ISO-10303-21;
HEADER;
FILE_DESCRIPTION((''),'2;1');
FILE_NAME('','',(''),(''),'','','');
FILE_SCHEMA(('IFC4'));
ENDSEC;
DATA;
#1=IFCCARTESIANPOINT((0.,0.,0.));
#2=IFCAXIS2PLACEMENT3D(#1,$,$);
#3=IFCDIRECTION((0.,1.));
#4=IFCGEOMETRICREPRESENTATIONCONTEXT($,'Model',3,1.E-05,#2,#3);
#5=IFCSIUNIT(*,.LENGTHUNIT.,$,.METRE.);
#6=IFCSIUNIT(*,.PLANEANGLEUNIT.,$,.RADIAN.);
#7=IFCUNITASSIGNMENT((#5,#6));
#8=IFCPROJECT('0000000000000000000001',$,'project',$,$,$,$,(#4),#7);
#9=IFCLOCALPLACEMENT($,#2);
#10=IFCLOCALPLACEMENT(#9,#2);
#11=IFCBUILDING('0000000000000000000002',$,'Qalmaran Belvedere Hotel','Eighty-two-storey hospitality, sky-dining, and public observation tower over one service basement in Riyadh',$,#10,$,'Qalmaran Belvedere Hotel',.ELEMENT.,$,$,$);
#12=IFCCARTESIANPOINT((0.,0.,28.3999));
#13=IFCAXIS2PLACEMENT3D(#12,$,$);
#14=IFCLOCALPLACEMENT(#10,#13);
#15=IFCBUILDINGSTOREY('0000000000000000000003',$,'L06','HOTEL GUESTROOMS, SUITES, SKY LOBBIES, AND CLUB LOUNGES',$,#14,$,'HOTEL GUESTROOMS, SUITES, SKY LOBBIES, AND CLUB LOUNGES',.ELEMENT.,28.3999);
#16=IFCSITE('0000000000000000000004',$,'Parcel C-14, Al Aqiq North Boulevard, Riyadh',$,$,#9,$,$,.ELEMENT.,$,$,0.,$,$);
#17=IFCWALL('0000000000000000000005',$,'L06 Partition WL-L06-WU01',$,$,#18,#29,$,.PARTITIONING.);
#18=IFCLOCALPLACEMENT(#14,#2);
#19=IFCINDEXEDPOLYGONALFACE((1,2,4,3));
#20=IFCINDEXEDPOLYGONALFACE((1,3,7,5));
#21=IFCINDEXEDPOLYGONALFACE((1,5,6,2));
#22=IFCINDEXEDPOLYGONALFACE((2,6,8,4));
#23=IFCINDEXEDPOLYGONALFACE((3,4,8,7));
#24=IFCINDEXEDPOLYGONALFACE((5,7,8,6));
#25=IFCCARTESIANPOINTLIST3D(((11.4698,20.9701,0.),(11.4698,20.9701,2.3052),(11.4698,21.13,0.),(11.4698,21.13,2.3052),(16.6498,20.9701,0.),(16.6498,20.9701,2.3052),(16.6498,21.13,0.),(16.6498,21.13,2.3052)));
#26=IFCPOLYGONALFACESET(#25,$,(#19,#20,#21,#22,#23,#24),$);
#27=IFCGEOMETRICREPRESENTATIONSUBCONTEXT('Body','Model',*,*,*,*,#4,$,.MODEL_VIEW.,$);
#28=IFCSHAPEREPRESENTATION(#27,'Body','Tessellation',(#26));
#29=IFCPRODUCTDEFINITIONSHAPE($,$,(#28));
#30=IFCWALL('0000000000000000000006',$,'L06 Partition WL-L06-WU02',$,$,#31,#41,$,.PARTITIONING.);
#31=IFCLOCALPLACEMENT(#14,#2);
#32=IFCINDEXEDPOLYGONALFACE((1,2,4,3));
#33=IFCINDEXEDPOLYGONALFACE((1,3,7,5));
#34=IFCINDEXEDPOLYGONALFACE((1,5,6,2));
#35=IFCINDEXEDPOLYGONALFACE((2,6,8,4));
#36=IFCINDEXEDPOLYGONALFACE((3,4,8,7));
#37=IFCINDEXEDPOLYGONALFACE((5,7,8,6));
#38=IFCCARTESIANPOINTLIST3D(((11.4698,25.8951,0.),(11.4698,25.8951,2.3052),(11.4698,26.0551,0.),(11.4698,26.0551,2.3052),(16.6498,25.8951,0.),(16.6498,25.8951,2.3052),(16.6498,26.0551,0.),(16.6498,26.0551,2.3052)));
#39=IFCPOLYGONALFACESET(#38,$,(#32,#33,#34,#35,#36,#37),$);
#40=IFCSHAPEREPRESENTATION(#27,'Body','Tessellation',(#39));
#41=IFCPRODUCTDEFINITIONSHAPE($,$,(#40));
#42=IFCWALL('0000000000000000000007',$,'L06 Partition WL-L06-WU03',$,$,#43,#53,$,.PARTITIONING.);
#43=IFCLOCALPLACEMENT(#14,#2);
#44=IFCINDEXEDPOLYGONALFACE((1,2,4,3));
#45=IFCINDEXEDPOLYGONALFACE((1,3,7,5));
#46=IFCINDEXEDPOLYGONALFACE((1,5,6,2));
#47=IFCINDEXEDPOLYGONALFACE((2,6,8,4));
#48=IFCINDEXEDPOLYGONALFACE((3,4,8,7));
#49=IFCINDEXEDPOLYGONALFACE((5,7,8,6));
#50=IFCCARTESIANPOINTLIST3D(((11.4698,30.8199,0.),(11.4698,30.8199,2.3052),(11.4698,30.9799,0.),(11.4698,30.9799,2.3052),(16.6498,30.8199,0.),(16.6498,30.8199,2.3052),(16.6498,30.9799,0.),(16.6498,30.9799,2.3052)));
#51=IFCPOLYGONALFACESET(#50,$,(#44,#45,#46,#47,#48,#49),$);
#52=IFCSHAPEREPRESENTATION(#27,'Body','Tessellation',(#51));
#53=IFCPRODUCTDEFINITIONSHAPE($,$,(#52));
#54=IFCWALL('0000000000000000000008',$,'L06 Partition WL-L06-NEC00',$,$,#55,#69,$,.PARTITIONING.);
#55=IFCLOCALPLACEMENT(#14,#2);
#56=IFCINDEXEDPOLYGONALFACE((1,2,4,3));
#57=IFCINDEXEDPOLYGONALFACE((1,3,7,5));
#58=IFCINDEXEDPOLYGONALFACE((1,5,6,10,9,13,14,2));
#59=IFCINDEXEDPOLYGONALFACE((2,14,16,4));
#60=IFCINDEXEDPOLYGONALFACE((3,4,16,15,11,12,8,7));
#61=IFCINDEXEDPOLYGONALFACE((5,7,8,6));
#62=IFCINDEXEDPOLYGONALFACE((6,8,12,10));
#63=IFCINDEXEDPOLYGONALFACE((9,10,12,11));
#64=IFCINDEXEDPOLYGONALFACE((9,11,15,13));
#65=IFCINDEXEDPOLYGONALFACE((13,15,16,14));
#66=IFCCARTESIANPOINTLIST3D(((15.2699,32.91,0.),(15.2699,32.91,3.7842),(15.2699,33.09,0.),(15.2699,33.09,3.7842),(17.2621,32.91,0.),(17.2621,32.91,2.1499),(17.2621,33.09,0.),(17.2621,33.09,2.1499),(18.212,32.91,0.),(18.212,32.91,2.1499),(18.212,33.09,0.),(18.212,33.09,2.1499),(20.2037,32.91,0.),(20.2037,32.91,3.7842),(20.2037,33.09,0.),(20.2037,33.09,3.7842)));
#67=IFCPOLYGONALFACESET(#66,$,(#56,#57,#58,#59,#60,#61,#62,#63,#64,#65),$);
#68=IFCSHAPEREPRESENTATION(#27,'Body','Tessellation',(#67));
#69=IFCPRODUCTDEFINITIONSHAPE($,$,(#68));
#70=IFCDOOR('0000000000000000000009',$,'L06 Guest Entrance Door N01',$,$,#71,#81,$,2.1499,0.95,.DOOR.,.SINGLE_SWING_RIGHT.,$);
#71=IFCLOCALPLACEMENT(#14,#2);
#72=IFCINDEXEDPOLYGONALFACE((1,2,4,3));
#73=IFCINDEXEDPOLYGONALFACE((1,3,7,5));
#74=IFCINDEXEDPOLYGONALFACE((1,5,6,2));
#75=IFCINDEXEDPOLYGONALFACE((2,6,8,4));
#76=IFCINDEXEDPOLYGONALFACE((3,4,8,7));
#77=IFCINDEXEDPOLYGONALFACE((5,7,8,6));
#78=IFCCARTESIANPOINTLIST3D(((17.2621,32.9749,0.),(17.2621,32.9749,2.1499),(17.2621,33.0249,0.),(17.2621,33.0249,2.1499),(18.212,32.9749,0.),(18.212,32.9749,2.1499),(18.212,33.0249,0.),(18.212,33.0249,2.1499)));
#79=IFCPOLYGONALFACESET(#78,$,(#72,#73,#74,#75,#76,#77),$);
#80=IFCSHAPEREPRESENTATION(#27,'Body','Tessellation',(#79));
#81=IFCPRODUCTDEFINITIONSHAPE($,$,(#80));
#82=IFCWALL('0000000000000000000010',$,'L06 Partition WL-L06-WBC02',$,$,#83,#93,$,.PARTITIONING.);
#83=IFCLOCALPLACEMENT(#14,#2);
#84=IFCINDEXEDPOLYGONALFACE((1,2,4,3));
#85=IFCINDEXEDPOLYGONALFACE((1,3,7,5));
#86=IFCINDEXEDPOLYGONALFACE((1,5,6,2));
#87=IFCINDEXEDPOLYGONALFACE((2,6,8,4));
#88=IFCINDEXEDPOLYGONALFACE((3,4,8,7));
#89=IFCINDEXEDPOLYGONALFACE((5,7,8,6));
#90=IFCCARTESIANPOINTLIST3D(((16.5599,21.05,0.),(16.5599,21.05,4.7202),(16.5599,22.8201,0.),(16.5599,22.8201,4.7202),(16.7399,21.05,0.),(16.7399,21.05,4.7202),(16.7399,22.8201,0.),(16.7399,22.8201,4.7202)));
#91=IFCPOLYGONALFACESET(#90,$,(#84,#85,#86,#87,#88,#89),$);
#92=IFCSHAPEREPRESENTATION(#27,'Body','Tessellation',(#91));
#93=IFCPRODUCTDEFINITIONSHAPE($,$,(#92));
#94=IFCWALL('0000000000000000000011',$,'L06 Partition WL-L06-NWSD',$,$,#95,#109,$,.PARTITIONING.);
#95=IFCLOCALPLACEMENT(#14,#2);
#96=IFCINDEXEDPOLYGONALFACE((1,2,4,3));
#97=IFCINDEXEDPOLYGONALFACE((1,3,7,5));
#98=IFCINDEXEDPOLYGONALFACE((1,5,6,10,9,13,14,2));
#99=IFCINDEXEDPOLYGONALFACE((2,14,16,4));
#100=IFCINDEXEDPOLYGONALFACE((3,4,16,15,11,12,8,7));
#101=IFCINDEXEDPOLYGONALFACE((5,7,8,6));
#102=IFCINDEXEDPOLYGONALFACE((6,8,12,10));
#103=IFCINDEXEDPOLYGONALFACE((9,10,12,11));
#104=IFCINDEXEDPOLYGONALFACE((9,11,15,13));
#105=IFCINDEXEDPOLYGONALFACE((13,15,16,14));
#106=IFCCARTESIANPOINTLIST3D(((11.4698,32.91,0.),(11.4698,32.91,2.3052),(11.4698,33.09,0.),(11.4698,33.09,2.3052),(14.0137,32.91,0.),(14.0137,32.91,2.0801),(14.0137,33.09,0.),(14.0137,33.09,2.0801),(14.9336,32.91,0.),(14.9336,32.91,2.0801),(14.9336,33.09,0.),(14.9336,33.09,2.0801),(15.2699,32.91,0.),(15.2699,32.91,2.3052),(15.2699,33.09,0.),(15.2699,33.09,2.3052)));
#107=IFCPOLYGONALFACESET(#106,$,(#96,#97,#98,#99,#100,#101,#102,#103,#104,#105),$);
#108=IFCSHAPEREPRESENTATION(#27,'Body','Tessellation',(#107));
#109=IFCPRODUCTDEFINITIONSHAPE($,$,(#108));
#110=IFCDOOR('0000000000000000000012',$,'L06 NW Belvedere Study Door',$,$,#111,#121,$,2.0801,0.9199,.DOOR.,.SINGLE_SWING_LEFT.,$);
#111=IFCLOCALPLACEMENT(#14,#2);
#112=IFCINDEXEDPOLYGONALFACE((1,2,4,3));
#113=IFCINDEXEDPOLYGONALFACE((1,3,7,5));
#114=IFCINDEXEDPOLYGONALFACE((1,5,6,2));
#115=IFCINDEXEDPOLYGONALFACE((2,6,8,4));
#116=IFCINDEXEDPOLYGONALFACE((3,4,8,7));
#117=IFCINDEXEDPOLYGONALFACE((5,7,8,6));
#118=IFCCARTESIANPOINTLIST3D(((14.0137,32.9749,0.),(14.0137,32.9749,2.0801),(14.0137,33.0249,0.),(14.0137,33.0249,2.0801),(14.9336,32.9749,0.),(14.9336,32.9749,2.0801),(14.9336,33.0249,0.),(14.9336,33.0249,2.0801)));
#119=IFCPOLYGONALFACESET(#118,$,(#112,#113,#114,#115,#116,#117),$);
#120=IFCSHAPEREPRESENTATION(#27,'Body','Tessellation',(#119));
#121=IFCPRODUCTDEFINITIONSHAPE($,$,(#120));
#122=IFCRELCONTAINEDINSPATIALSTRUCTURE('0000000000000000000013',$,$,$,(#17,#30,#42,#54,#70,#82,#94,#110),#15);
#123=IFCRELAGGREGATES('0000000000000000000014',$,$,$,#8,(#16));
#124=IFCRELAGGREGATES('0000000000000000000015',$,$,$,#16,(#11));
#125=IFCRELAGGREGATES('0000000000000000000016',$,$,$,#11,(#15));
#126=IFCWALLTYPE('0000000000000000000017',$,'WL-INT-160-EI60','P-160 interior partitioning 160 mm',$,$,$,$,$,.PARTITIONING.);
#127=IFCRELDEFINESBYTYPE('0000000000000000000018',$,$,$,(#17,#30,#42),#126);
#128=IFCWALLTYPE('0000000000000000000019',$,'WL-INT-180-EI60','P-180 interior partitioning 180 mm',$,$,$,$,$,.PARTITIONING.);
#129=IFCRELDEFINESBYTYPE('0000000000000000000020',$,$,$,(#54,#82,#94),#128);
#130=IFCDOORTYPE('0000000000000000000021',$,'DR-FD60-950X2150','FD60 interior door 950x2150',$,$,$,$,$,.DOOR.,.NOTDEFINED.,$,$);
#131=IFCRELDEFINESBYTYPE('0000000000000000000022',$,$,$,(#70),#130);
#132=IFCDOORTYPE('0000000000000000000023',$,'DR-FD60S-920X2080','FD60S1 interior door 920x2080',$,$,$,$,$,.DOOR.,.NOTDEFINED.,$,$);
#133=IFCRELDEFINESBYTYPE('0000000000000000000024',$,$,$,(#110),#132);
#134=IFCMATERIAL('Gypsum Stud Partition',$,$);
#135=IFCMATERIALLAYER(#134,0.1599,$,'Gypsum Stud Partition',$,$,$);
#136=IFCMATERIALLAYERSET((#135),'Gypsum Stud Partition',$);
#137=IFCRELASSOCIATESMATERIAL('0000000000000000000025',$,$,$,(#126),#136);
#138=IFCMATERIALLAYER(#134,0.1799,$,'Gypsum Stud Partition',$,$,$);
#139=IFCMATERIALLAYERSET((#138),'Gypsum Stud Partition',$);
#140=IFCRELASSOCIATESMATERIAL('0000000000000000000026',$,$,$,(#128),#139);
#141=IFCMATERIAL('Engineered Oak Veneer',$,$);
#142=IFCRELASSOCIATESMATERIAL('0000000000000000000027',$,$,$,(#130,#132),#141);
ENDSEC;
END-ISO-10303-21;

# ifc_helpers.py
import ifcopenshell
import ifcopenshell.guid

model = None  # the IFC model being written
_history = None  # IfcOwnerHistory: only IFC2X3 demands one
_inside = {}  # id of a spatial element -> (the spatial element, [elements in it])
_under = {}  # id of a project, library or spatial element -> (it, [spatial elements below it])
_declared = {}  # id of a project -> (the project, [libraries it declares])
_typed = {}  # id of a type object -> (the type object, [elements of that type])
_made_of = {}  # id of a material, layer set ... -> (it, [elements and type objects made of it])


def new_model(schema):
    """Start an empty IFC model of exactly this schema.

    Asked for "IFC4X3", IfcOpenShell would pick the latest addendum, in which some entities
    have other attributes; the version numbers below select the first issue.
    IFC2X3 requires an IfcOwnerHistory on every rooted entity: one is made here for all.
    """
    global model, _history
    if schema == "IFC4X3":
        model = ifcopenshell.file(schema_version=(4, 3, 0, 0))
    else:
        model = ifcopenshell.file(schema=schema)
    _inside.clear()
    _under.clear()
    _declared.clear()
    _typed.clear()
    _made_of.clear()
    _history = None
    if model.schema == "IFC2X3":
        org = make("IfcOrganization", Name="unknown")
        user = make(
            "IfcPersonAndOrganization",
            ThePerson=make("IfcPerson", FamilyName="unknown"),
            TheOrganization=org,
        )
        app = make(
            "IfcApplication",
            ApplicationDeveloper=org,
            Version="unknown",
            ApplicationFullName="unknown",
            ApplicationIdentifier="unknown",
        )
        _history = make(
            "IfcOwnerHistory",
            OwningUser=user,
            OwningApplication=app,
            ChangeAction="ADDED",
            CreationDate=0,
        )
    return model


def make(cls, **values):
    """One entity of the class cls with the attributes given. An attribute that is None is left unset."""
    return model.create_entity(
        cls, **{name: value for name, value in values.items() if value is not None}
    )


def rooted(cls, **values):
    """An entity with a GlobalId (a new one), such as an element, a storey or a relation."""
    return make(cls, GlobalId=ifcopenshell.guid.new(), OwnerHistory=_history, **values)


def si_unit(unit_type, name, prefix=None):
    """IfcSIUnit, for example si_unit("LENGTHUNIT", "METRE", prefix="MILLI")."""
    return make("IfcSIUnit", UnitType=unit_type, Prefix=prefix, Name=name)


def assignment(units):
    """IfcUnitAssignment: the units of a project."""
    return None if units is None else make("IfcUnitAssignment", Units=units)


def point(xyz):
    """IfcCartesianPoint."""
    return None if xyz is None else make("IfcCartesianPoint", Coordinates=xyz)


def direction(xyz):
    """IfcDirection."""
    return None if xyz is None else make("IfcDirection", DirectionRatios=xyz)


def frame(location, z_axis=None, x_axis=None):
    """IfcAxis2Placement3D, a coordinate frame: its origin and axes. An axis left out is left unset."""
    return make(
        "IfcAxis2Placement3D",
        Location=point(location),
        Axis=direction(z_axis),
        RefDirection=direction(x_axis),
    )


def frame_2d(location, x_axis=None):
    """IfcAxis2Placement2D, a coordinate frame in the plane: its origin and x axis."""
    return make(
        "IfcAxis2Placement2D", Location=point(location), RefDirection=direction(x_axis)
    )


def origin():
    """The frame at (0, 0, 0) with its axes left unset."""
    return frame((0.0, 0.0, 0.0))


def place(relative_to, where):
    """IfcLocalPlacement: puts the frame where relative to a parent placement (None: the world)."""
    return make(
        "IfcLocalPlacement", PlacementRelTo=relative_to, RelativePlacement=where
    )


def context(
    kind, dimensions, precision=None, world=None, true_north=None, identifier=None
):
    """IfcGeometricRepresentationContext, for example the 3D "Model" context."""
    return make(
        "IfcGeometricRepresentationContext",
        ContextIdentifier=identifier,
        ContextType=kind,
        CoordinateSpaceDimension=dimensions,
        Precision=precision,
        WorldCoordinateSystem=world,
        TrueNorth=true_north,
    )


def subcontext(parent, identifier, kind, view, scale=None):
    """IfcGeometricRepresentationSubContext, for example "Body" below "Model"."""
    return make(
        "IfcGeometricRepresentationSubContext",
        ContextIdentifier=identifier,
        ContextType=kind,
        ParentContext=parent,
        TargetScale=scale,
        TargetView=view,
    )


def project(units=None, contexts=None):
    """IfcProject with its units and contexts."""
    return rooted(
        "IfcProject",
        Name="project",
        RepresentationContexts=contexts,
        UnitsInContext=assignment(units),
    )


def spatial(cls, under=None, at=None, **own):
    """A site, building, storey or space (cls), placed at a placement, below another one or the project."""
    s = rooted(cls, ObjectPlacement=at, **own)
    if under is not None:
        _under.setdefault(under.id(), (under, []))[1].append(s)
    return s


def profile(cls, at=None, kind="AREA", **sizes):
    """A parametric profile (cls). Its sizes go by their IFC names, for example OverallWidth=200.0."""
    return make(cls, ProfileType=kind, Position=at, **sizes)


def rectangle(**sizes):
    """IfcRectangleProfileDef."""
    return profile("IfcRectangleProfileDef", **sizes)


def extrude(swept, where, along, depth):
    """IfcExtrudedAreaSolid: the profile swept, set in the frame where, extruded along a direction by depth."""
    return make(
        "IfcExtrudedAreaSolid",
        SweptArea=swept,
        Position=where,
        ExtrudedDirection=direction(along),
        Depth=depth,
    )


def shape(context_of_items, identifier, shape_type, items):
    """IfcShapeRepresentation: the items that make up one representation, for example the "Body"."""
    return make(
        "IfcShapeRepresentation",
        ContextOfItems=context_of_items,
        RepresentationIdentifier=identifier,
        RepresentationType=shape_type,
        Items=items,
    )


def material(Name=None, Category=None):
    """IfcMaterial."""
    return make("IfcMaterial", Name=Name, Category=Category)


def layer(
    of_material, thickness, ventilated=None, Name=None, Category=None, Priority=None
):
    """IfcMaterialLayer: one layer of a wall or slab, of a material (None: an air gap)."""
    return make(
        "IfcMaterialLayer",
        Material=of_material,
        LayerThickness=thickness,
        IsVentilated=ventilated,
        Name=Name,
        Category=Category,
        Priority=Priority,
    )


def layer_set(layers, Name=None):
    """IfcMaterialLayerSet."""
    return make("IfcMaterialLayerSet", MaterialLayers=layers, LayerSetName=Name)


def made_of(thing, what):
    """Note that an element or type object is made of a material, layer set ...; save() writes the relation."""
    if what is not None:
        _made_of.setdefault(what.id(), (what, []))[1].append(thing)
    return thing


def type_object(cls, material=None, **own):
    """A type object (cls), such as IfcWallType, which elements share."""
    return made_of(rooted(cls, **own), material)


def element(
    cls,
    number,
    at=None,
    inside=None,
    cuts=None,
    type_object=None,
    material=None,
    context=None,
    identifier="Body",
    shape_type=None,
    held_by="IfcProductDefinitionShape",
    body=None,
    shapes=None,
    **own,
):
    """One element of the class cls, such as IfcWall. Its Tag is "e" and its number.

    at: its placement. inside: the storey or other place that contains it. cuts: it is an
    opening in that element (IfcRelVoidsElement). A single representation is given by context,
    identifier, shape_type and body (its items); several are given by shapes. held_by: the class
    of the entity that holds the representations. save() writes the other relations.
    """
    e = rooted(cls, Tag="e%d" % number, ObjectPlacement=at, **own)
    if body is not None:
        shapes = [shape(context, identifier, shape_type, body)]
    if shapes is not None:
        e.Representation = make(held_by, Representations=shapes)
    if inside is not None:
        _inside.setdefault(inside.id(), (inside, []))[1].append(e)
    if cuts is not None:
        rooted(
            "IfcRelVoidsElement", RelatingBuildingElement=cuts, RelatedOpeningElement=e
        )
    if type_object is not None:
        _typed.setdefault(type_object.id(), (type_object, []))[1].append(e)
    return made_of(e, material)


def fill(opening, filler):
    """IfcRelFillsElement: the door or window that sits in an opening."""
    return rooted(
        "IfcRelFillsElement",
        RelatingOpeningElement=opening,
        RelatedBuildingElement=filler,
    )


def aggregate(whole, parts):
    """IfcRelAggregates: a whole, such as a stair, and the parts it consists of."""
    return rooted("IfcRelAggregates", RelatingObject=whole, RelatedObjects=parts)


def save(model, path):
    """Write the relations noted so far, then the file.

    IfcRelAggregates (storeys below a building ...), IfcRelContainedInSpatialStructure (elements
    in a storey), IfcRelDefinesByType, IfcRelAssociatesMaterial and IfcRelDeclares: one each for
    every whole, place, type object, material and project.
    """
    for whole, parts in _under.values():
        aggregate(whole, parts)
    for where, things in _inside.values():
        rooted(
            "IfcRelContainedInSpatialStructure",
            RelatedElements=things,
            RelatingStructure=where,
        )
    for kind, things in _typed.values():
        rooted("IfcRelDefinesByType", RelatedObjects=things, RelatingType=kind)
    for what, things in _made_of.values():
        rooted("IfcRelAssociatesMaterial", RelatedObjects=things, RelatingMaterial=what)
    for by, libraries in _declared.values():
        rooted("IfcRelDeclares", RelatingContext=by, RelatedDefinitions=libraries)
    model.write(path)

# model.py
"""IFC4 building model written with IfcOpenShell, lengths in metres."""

from ifc_helpers import new_model, si_unit, direction, frame, frame_2d, origin, place, context, subcontext, project, spatial, rectangle, extrude, material, layer, layer_set, type_object, element, fill, save


model = new_model("IFC4")

# Units and contexts
model_context = context("Model", 3, precision=1e-05, world=origin(), true_north=direction((0.0, 1.0)))
body_context = subcontext(model_context, "Body", "Model", "MODEL_VIEW")
ifc_project = project(units=[si_unit("LENGTHUNIT", "METRE"), si_unit("PLANEANGLEUNIT", "RADIAN")], contexts=[model_context])

# Site, building, storey
site_placement = place(None, origin())
site = spatial("IfcSite", under=ifc_project, at=site_placement, Name="Parcel C-14, Al Aqiq North Boulevard, Riyadh", CompositionType="ELEMENT", RefElevation=0.0)
building_placement = place(site_placement, origin())
building = spatial("IfcBuilding", under=site, at=building_placement, Name="Qalmaran Belvedere Hotel", Description="Eighty-two-storey hospitality, sky-dining, and public observation tower over one service basement in Riyadh", LongName="Qalmaran Belvedere Hotel", CompositionType="ELEMENT")
storey_placement = place(building_placement, frame((0.0, 0.0, 28.3999)))
storey = spatial("IfcBuildingStorey", under=building, at=storey_placement, Name="L06", Description="HOTEL GUESTROOMS, SUITES, SKY LOBBIES, AND CLUB LOUNGES", LongName="HOTEL GUESTROOMS, SUITES, SKY LOBBIES, AND CLUB LOUNGES", CompositionType="ELEMENT", Elevation=28.3999)

# Shared definitions
ifc_material_1 = material(Name="Engineered Oak Veneer")

# Walls
ifc_material_2 = material(Name="Gypsum Stud Partition")
ifc_layer_1 = layer(ifc_material_2, 0.1599, Name="Gypsum Stud Partition")
ifc_layer_set_1 = layer_set([ifc_layer_1], Name="Gypsum Stud Partition")
wall_type_1 = type_object("IfcWallType", Name="WL-INT-160-EI60", Description="P-160 interior partitioning 160 mm", PredefinedType="PARTITIONING", material=ifc_layer_set_1)
for number, where, z_axis, x_axis, name in (
    (1, (11.47, 21.05, 0.0), (0.0, 0.0, 1.0), (1.0, 0.0, 0.0), "L06 Partition WL-L06-WU01"),
    (2, (11.47, 25.9751, 0.0), (0.0, 0.0, 1.0), (1.0, 0.0, 0.0), "L06 Partition WL-L06-WU02"),
    (3, (11.47, 30.8999, 0.0), (0.0, 0.0, 1.0), (1.0, 0.0, 0.0), "L06 Partition WL-L06-WU03"),
):
    element("IfcWall", number, at=place(storey_placement, frame(where, z_axis=z_axis, x_axis=x_axis)), inside=storey, type_object=wall_type_1, Name=name, PredefinedType="PARTITIONING", context=body_context, shape_type="SweptSolid", body=[
        extrude(rectangle(XDim=5.1799, YDim=0.1599, at=frame_2d((2.5898, 0.0))), origin(), (0.0, 0.0, 1.0), 2.3052),
    ])

# Wall, opening, door
ifc_layer_2 = layer(ifc_material_2, 0.1799, Name="Gypsum Stud Partition")
ifc_layer_set_2 = layer_set([ifc_layer_2], Name="Gypsum Stud Partition")
wall_type_2 = type_object("IfcWallType", Name="WL-INT-180-EI60", Description="P-180 interior partitioning 180 mm", PredefinedType="PARTITIONING", material=ifc_layer_set_2)
wall_1_placement = place(storey_placement, frame((15.27, 33.0, 0.0), z_axis=(0.0, 0.0, 1.0), x_axis=(1.0, 0.0, 0.0)))
wall_1 = element("IfcWall", 4, at=wall_1_placement, inside=storey, type_object=wall_type_2, Name="L06 Partition WL-L06-NEC00", PredefinedType="PARTITIONING", context=body_context, shape_type="SweptSolid", body=[
    extrude(rectangle(XDim=4.9338, YDim=0.1799, at=frame_2d((2.4668, 0.0))), origin(), (0.0, 0.0, 1.0), 3.7842),
])
opening_1_placement = place(wall_1_placement, frame((1.9919, 0.0, 0.0)))
opening_1 = element("IfcOpeningElement", 5, at=opening_1_placement, cuts=wall_1, PredefinedType="OPENING", context=body_context, shape_type="SweptSolid", body=[
    extrude(rectangle(XDim=0.95, YDim=2.1499, at=frame_2d((0.4751, 1.075))), frame((0.0, 0.1001, 0.0), z_axis=(0.0, -1.0, 0.0), x_axis=(1.0, 0.0, 0.0)), (0.0, 0.0, 1.0), 0.2),
])
door_type_1 = type_object("IfcDoorType", Name="DR-FD60-950X2150", Description="FD60 interior door 950x2150", OperationType="NOTDEFINED", PredefinedType="DOOR", material=ifc_material_1)
door_1_placement = place(opening_1_placement, origin())
door_1 = element("IfcDoor", 6, at=door_1_placement, inside=storey, type_object=door_type_1, Name="L06 Guest Entrance Door N01", OperationType="SINGLE_SWING_RIGHT", OverallHeight=2.1499, OverallWidth=0.95, PredefinedType="DOOR", context=body_context, shape_type="SweptSolid", body=[
    extrude(rectangle(XDim=0.95, YDim=2.1499, at=frame_2d((0.4751, 1.075))), frame((0.0, 0.0249, 0.0), z_axis=(0.0, -1.0, 0.0), x_axis=(1.0, 0.0, 0.0)), (0.0, 0.0, 1.0), 0.05),
])
fill(opening_1, door_1)

# Wall
wall_2_placement = place(storey_placement, frame((16.6499, 21.05, 0.0), z_axis=(0.0, 0.0, 1.0), x_axis=(0.0, 1.0, 0.0)))
element("IfcWall", 7, at=wall_2_placement, inside=storey, type_object=wall_type_2, Name="L06 Partition WL-L06-WBC02", PredefinedType="PARTITIONING", context=body_context, shape_type="SweptSolid", body=[
    extrude(rectangle(XDim=1.77, YDim=0.1799, at=frame_2d((0.885, 0.0))), origin(), (0.0, 0.0, 1.0), 4.7202),
])

# Wall, opening, door
wall_3_placement = place(storey_placement, frame((11.47, 33.0, 0.0), z_axis=(0.0, 0.0, 1.0), x_axis=(1.0, 0.0, 0.0)))
wall_3 = element("IfcWall", 8, at=wall_3_placement, inside=storey, type_object=wall_type_2, Name="L06 Partition WL-L06-NWSD", PredefinedType="PARTITIONING", context=body_context, shape_type="SweptSolid", body=[
    extrude(rectangle(XDim=3.8, YDim=0.1799, at=frame_2d((1.8999, 0.0))), origin(), (0.0, 0.0, 1.0), 2.3052),
])
opening_2_placement = place(wall_3_placement, frame((2.5437, 0.0, 0.0)))
opening_2 = element("IfcOpeningElement", 9, at=opening_2_placement, cuts=wall_3, PredefinedType="OPENING", context=body_context, shape_type="SweptSolid", body=[
    extrude(rectangle(XDim=0.9199, YDim=2.0801, at=frame_2d((0.46, 1.04))), frame((0.0, 0.1001, 0.0), z_axis=(0.0, -1.0, 0.0), x_axis=(1.0, 0.0, 0.0)), (0.0, 0.0, 1.0), 0.2),
])
door_type_2 = type_object("IfcDoorType", Name="DR-FD60S-920X2080", Description="FD60S1 interior door 920x2080", OperationType="NOTDEFINED", PredefinedType="DOOR", material=ifc_material_1)
door_2_placement = place(opening_2_placement, origin())
door_2 = element("IfcDoor", 10, at=door_2_placement, inside=storey, type_object=door_type_2, Name="L06 NW Belvedere Study Door", OperationType="SINGLE_SWING_LEFT", OverallHeight=2.0801, OverallWidth=0.9199, PredefinedType="DOOR", context=body_context, shape_type="SweptSolid", body=[
    extrude(rectangle(XDim=0.9199, YDim=2.0801, at=frame_2d((0.46, 1.04))), frame((0.0, 0.0249, 0.0), z_axis=(0.0, -1.0, 0.0), x_axis=(1.0, 0.0, 0.0)), (0.0, 0.0, 1.0), 0.05),
])
fill(opening_2, door_2)

save(model, "model.ifc")
